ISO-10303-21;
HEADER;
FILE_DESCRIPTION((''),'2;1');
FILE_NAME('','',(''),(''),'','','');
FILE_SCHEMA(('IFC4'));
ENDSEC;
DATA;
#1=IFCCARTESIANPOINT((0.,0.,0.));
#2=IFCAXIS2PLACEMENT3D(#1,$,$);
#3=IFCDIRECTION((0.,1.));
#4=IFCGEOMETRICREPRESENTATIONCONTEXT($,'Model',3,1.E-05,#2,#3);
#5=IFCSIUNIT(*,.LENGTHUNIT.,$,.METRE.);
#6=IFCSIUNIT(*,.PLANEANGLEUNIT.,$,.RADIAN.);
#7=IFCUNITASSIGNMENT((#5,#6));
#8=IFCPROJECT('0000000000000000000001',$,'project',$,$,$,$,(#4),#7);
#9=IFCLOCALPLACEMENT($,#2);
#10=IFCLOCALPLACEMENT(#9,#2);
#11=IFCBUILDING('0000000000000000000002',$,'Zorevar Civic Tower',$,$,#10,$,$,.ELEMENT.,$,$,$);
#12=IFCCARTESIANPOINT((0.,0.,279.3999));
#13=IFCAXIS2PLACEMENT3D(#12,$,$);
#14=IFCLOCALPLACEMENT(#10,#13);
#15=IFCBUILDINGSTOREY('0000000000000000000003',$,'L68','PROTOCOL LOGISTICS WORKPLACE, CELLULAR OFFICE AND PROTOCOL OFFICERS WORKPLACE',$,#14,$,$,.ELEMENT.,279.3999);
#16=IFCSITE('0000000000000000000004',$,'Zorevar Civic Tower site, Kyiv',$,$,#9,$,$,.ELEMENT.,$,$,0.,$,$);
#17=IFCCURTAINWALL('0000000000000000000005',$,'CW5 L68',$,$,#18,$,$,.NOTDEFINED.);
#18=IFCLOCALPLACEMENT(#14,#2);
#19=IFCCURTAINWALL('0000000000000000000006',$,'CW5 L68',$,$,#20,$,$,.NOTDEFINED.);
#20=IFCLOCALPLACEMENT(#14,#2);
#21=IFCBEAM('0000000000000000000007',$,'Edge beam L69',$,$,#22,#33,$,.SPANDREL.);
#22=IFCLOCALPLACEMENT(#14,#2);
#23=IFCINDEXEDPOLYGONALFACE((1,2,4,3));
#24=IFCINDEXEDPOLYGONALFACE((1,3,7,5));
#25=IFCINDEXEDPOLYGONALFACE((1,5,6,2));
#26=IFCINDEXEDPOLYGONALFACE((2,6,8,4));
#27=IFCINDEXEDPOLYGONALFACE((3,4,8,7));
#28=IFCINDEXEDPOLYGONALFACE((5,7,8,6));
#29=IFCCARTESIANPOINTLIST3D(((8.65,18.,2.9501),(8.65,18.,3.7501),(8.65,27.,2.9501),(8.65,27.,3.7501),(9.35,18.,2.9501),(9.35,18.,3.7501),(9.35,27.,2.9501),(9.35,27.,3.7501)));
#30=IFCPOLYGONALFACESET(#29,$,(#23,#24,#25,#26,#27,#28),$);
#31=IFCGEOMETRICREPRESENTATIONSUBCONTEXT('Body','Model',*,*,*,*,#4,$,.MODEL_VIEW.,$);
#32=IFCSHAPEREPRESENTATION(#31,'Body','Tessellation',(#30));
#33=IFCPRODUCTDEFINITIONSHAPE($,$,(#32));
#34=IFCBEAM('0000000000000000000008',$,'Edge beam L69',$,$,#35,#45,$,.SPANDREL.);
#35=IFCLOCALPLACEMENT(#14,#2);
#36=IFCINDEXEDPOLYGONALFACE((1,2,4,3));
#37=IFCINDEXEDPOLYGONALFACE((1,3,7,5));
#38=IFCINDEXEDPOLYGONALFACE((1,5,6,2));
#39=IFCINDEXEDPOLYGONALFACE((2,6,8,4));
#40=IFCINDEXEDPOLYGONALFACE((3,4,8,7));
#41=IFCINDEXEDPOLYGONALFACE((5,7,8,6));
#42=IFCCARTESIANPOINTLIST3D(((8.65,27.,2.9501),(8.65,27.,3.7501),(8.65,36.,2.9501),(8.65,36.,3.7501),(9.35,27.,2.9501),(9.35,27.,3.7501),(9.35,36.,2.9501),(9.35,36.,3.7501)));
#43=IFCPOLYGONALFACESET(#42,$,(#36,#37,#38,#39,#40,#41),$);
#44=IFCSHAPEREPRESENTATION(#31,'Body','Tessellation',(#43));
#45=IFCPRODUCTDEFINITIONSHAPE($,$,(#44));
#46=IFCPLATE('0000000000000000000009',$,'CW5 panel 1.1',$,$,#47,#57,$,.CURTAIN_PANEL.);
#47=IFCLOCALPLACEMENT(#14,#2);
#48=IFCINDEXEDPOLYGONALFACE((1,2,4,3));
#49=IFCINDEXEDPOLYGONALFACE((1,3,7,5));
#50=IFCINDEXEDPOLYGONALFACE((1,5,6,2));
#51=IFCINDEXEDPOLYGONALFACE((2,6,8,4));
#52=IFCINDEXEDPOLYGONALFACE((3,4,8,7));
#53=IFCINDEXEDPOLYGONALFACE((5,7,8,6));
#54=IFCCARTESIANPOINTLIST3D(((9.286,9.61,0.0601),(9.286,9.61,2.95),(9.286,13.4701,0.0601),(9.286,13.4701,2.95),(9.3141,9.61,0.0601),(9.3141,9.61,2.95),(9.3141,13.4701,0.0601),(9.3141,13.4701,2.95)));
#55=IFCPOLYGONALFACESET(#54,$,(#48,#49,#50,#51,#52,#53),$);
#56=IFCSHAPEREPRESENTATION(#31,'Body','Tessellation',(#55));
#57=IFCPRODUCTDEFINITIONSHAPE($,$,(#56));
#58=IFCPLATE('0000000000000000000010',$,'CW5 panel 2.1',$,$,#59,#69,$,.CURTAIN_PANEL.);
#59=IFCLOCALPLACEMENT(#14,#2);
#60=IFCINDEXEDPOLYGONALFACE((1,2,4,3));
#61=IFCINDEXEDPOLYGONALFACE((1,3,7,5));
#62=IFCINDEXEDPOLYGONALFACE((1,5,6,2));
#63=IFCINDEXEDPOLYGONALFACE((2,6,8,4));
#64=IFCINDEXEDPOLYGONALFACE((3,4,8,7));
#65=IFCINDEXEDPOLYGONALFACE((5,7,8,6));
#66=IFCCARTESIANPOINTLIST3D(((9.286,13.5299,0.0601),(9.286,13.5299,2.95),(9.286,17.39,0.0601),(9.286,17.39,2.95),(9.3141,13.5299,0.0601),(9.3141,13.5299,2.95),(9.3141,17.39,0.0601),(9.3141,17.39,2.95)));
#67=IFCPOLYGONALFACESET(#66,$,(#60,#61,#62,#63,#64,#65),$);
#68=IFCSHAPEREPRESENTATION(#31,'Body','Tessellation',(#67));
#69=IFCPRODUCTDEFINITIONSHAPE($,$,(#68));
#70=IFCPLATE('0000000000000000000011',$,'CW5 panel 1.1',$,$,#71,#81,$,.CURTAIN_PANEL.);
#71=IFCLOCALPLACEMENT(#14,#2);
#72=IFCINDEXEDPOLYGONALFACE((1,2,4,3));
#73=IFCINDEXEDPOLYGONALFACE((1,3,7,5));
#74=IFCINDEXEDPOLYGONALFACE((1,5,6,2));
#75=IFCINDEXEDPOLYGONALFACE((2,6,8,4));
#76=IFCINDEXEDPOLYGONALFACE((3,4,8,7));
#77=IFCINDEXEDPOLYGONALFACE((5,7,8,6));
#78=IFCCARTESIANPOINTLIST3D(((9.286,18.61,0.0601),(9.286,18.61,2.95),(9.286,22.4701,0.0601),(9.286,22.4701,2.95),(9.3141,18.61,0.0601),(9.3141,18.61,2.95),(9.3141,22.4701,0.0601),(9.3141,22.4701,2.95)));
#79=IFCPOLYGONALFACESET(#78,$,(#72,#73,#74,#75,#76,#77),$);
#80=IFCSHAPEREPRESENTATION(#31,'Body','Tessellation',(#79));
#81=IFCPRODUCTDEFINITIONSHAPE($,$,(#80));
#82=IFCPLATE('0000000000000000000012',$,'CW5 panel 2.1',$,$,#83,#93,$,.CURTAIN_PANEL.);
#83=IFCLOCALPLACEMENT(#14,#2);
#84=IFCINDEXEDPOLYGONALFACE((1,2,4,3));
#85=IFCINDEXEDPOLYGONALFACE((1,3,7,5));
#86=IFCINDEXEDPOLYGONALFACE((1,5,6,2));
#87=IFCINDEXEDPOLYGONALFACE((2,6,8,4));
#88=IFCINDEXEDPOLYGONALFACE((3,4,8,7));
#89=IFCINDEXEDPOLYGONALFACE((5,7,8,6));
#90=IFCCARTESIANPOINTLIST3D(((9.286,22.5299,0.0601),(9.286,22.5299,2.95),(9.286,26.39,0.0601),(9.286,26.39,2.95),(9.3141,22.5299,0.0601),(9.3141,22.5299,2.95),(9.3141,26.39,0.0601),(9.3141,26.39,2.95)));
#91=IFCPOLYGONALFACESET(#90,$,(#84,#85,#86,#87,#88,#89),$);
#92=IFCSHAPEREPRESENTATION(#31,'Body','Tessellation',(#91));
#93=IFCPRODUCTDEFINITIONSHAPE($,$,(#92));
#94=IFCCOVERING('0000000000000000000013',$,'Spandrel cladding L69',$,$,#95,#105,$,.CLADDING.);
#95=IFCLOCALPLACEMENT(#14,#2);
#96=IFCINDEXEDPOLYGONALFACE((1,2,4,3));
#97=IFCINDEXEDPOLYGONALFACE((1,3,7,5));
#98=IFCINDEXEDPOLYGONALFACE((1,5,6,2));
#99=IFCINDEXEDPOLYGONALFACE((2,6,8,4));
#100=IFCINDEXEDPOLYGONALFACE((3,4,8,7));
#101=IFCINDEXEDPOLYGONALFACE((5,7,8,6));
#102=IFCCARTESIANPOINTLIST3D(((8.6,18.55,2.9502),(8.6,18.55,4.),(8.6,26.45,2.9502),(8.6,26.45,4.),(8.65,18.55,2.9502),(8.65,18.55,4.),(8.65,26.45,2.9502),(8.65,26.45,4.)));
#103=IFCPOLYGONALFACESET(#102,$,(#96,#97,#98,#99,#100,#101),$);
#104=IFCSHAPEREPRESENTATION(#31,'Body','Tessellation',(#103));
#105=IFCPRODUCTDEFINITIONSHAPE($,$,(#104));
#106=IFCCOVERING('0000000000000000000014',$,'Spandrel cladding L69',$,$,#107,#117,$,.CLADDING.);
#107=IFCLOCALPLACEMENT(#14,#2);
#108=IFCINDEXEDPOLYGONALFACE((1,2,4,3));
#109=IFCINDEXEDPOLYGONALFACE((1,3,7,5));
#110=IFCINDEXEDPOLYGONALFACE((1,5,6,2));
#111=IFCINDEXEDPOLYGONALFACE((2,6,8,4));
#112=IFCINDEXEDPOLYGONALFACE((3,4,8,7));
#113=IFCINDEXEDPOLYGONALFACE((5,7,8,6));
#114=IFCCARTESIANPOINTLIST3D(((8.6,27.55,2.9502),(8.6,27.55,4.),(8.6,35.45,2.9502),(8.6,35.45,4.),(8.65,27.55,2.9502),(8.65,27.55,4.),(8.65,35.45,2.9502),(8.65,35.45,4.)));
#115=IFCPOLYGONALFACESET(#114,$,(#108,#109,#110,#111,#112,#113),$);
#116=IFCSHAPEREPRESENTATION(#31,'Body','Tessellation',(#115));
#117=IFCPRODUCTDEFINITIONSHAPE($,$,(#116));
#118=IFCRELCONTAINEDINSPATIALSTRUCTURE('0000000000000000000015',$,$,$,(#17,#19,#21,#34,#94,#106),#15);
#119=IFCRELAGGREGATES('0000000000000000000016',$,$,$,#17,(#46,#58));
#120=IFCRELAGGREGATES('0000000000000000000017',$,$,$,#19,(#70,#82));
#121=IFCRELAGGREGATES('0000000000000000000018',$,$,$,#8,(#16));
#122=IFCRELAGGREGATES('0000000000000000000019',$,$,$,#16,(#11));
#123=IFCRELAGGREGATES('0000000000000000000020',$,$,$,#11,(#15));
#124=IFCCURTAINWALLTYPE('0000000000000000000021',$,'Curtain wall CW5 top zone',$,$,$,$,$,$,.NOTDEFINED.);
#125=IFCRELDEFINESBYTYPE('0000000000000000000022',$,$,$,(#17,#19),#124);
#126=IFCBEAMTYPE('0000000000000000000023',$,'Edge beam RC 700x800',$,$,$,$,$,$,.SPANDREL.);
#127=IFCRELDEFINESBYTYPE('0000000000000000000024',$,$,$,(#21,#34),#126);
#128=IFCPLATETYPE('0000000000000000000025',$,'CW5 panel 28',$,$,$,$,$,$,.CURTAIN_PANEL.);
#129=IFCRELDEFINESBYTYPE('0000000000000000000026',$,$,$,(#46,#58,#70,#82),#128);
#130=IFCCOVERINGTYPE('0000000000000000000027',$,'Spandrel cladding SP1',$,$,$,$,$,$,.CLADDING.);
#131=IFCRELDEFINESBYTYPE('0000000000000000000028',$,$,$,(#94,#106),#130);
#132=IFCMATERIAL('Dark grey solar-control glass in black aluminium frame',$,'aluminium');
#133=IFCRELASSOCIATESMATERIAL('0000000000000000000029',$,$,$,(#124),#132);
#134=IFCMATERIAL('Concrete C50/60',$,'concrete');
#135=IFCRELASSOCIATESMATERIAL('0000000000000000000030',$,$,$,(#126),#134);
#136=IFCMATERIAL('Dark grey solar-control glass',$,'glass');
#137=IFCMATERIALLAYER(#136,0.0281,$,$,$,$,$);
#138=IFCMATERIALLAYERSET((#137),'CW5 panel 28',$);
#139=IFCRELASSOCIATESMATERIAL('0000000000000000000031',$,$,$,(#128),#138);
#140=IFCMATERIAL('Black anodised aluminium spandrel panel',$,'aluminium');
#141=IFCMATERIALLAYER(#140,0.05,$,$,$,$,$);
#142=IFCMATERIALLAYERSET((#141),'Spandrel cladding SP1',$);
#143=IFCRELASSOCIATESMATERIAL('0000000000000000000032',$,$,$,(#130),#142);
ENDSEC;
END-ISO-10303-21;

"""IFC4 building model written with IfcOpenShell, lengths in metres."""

from ifc_helpers import new_model, si_unit, direction, frame, frame_2d, origin, origin_2d, place, context, subcontext, project, spatial, rectangle, extrude, material, layer, layer_set, material_profile, profile_set, type_object, element, aggregate, save


model = new_model("IFC4")

# Units and contexts
model_context = context("Model", 3, precision=1e-05, world=origin(), true_north=direction((0.0, 1.0)))
body_context = subcontext(model_context, "Body", "Model", "MODEL_VIEW")
ifc_project = project(units=[si_unit("LENGTHUNIT", "METRE"), si_unit("PLANEANGLEUNIT", "RADIAN")], contexts=[model_context])

# Site, building, storey
site_placement = place(None, origin())
site = spatial("IfcSite", under=ifc_project, at=site_placement, Name="Zorevar Civic Tower site, Kyiv", CompositionType="ELEMENT", RefElevation=0.0)
building_placement = place(site_placement, origin())
building = spatial("IfcBuilding", under=site, at=building_placement, Name="Zorevar Civic Tower", CompositionType="ELEMENT")
storey_placement = place(building_placement, frame((0.0, 0.0, 279.3999)))
storey = spatial("IfcBuildingStorey", under=building, at=storey_placement, Name="L68", Description="PROTOCOL LOGISTICS WORKPLACE, CELLULAR OFFICE AND PROTOCOL OFFICERS WORKPLACE", CompositionType="ELEMENT", Elevation=279.3999)

# Curtain walls
ifc_material_1 = material(Name="Dark grey solar-control glass in black aluminium frame", Category="aluminium")
curtain_wall_type = type_object("IfcCurtainWallType", Name="Curtain wall CW5 top zone", PredefinedType="NOTDEFINED", material=ifc_material_1)
curtain_wall_1_placement = place(storey_placement, origin())
curtain_wall_1 = element("IfcCurtainWall", 1, at=curtain_wall_1_placement, inside=storey, type_object=curtain_wall_type, Name="CW5 L68", PredefinedType="NOTDEFINED")
curtain_wall_2_placement = place(storey_placement, origin())
curtain_wall_2 = element("IfcCurtainWall", 2, at=curtain_wall_2_placement, inside=storey, type_object=curtain_wall_type, Name="CW5 L68", PredefinedType="NOTDEFINED")

# Beams
ifc_material_2 = material(Name="Concrete C50/60", Category="concrete")
ifc_material_profile_1 = material_profile(ifc_material_2, rectangle(XDim=0.7, YDim=0.8, at=origin_2d()), Name="RC 700x800")
ifc_profile_set_1 = profile_set([ifc_material_profile_1], Name="Concrete C50/60")
beam_type_1 = type_object("IfcBeamType", Name="Edge beam RC 700x800", PredefinedType="SPANDREL", material=ifc_profile_set_1)
for number, where, z_axis, x_axis, name in (
    (3, (9.0, 18.0, 3.3501), (0.0, 1.0, 0.0), (-1.0, 0.0, 0.0), "Edge beam L69"),
    (4, (9.0, 27.0, 3.3501), (0.0, 1.0, 0.0), (-1.0, 0.0, 0.0), "Edge beam L69"),
):
    element("IfcBeam", number, at=place(storey_placement, frame(where, z_axis=z_axis, x_axis=x_axis)), inside=storey, type_object=beam_type_1, Name=name, PredefinedType="SPANDREL", context=body_context, shape_type="SweptSolid", body=[
        extrude(rectangle(XDim=0.7, YDim=0.8, at=origin_2d()), origin(), (0.0, 0.0, 1.0), 9.0),
    ])

# Plates
ifc_material_3 = material(Name="Dark grey solar-control glass", Category="glass")
ifc_layer_1 = layer(ifc_material_3, 0.0281)
ifc_layer_set_1 = layer_set([ifc_layer_1], Name="CW5 panel 28")
plate_type = type_object("IfcPlateType", Name="CW5 panel 28", PredefinedType="CURTAIN_PANEL", material=ifc_layer_set_1)
plate_1_placement = place(storey_placement, frame((9.3, 11.54, 0.0601), z_axis=(0.0, 0.0, 1.0), x_axis=(0.0, 1.0, 0.0)))
plate_1 = element("IfcPlate", 5, at=plate_1_placement, type_object=plate_type, Name="CW5 panel 1.1", PredefinedType="CURTAIN_PANEL", context=body_context, shape_type="SweptSolid", body=[
    extrude(rectangle(XDim=3.8601, YDim=0.0281, at=origin_2d()), origin(), (0.0, 0.0, 1.0), 2.8899),
])
plate_2_placement = place(storey_placement, frame((9.3, 15.46, 0.0601), z_axis=(0.0, 0.0, 1.0), x_axis=(0.0, 1.0, 0.0)))
plate_2 = element("IfcPlate", 6, at=plate_2_placement, type_object=plate_type, Name="CW5 panel 2.1", PredefinedType="CURTAIN_PANEL", context=body_context, shape_type="SweptSolid", body=[
    extrude(rectangle(XDim=3.8601, YDim=0.0281, at=origin_2d()), origin(), (0.0, 0.0, 1.0), 2.8899),
])
aggregate(curtain_wall_1, [plate_1, plate_2])
plate_3_placement = place(storey_placement, frame((9.3, 20.54, 0.0601), z_axis=(0.0, 0.0, 1.0), x_axis=(0.0, 1.0, 0.0)))
plate_3 = element("IfcPlate", 7, at=plate_3_placement, type_object=plate_type, Name="CW5 panel 1.1", PredefinedType="CURTAIN_PANEL", context=body_context, shape_type="SweptSolid", body=[
    extrude(rectangle(XDim=3.8601, YDim=0.0281, at=origin_2d()), origin(), (0.0, 0.0, 1.0), 2.8899),
])
plate_4_placement = place(storey_placement, frame((9.3, 24.46, 0.0601), z_axis=(0.0, 0.0, 1.0), x_axis=(0.0, 1.0, 0.0)))
plate_4 = element("IfcPlate", 8, at=plate_4_placement, type_object=plate_type, Name="CW5 panel 2.1", PredefinedType="CURTAIN_PANEL", context=body_context, shape_type="SweptSolid", body=[
    extrude(rectangle(XDim=3.8601, YDim=0.0281, at=origin_2d()), origin(), (0.0, 0.0, 1.0), 2.8899),
])
aggregate(curtain_wall_2, [plate_3, plate_4])

# Coverings
ifc_material_4 = material(Name="Black anodised aluminium spandrel panel", Category="aluminium")
ifc_layer_2 = layer(ifc_material_4, 0.05)
ifc_layer_set_2 = layer_set([ifc_layer_2], Name="Spandrel cladding SP1")
covering_type = type_object("IfcCoveringType", Name="Spandrel cladding SP1", PredefinedType="CLADDING", material=ifc_layer_set_2)
for number, where, z_axis, x_axis, name in (
    (9, (8.625, 18.55, 2.9502), (0.0, 0.0, 1.0), (0.0, 1.0, 0.0), "Spandrel cladding L69"),
    (10, (8.625, 27.55, 2.9502), (0.0, 0.0, 1.0), (0.0, 1.0, 0.0), "Spandrel cladding L69"),
):
    element("IfcCovering", number, at=place(storey_placement, frame(where, z_axis=z_axis, x_axis=x_axis)), inside=storey, type_object=covering_type, Name=name, PredefinedType="CLADDING", context=body_context, shape_type="SweptSolid", body=[
        extrude(rectangle(XDim=7.8999, YDim=0.05, at=frame_2d((3.95, 0.0))), origin(), (0.0, 0.0, 1.0), 1.0498),
    ])

save(model, "model.ifc")
